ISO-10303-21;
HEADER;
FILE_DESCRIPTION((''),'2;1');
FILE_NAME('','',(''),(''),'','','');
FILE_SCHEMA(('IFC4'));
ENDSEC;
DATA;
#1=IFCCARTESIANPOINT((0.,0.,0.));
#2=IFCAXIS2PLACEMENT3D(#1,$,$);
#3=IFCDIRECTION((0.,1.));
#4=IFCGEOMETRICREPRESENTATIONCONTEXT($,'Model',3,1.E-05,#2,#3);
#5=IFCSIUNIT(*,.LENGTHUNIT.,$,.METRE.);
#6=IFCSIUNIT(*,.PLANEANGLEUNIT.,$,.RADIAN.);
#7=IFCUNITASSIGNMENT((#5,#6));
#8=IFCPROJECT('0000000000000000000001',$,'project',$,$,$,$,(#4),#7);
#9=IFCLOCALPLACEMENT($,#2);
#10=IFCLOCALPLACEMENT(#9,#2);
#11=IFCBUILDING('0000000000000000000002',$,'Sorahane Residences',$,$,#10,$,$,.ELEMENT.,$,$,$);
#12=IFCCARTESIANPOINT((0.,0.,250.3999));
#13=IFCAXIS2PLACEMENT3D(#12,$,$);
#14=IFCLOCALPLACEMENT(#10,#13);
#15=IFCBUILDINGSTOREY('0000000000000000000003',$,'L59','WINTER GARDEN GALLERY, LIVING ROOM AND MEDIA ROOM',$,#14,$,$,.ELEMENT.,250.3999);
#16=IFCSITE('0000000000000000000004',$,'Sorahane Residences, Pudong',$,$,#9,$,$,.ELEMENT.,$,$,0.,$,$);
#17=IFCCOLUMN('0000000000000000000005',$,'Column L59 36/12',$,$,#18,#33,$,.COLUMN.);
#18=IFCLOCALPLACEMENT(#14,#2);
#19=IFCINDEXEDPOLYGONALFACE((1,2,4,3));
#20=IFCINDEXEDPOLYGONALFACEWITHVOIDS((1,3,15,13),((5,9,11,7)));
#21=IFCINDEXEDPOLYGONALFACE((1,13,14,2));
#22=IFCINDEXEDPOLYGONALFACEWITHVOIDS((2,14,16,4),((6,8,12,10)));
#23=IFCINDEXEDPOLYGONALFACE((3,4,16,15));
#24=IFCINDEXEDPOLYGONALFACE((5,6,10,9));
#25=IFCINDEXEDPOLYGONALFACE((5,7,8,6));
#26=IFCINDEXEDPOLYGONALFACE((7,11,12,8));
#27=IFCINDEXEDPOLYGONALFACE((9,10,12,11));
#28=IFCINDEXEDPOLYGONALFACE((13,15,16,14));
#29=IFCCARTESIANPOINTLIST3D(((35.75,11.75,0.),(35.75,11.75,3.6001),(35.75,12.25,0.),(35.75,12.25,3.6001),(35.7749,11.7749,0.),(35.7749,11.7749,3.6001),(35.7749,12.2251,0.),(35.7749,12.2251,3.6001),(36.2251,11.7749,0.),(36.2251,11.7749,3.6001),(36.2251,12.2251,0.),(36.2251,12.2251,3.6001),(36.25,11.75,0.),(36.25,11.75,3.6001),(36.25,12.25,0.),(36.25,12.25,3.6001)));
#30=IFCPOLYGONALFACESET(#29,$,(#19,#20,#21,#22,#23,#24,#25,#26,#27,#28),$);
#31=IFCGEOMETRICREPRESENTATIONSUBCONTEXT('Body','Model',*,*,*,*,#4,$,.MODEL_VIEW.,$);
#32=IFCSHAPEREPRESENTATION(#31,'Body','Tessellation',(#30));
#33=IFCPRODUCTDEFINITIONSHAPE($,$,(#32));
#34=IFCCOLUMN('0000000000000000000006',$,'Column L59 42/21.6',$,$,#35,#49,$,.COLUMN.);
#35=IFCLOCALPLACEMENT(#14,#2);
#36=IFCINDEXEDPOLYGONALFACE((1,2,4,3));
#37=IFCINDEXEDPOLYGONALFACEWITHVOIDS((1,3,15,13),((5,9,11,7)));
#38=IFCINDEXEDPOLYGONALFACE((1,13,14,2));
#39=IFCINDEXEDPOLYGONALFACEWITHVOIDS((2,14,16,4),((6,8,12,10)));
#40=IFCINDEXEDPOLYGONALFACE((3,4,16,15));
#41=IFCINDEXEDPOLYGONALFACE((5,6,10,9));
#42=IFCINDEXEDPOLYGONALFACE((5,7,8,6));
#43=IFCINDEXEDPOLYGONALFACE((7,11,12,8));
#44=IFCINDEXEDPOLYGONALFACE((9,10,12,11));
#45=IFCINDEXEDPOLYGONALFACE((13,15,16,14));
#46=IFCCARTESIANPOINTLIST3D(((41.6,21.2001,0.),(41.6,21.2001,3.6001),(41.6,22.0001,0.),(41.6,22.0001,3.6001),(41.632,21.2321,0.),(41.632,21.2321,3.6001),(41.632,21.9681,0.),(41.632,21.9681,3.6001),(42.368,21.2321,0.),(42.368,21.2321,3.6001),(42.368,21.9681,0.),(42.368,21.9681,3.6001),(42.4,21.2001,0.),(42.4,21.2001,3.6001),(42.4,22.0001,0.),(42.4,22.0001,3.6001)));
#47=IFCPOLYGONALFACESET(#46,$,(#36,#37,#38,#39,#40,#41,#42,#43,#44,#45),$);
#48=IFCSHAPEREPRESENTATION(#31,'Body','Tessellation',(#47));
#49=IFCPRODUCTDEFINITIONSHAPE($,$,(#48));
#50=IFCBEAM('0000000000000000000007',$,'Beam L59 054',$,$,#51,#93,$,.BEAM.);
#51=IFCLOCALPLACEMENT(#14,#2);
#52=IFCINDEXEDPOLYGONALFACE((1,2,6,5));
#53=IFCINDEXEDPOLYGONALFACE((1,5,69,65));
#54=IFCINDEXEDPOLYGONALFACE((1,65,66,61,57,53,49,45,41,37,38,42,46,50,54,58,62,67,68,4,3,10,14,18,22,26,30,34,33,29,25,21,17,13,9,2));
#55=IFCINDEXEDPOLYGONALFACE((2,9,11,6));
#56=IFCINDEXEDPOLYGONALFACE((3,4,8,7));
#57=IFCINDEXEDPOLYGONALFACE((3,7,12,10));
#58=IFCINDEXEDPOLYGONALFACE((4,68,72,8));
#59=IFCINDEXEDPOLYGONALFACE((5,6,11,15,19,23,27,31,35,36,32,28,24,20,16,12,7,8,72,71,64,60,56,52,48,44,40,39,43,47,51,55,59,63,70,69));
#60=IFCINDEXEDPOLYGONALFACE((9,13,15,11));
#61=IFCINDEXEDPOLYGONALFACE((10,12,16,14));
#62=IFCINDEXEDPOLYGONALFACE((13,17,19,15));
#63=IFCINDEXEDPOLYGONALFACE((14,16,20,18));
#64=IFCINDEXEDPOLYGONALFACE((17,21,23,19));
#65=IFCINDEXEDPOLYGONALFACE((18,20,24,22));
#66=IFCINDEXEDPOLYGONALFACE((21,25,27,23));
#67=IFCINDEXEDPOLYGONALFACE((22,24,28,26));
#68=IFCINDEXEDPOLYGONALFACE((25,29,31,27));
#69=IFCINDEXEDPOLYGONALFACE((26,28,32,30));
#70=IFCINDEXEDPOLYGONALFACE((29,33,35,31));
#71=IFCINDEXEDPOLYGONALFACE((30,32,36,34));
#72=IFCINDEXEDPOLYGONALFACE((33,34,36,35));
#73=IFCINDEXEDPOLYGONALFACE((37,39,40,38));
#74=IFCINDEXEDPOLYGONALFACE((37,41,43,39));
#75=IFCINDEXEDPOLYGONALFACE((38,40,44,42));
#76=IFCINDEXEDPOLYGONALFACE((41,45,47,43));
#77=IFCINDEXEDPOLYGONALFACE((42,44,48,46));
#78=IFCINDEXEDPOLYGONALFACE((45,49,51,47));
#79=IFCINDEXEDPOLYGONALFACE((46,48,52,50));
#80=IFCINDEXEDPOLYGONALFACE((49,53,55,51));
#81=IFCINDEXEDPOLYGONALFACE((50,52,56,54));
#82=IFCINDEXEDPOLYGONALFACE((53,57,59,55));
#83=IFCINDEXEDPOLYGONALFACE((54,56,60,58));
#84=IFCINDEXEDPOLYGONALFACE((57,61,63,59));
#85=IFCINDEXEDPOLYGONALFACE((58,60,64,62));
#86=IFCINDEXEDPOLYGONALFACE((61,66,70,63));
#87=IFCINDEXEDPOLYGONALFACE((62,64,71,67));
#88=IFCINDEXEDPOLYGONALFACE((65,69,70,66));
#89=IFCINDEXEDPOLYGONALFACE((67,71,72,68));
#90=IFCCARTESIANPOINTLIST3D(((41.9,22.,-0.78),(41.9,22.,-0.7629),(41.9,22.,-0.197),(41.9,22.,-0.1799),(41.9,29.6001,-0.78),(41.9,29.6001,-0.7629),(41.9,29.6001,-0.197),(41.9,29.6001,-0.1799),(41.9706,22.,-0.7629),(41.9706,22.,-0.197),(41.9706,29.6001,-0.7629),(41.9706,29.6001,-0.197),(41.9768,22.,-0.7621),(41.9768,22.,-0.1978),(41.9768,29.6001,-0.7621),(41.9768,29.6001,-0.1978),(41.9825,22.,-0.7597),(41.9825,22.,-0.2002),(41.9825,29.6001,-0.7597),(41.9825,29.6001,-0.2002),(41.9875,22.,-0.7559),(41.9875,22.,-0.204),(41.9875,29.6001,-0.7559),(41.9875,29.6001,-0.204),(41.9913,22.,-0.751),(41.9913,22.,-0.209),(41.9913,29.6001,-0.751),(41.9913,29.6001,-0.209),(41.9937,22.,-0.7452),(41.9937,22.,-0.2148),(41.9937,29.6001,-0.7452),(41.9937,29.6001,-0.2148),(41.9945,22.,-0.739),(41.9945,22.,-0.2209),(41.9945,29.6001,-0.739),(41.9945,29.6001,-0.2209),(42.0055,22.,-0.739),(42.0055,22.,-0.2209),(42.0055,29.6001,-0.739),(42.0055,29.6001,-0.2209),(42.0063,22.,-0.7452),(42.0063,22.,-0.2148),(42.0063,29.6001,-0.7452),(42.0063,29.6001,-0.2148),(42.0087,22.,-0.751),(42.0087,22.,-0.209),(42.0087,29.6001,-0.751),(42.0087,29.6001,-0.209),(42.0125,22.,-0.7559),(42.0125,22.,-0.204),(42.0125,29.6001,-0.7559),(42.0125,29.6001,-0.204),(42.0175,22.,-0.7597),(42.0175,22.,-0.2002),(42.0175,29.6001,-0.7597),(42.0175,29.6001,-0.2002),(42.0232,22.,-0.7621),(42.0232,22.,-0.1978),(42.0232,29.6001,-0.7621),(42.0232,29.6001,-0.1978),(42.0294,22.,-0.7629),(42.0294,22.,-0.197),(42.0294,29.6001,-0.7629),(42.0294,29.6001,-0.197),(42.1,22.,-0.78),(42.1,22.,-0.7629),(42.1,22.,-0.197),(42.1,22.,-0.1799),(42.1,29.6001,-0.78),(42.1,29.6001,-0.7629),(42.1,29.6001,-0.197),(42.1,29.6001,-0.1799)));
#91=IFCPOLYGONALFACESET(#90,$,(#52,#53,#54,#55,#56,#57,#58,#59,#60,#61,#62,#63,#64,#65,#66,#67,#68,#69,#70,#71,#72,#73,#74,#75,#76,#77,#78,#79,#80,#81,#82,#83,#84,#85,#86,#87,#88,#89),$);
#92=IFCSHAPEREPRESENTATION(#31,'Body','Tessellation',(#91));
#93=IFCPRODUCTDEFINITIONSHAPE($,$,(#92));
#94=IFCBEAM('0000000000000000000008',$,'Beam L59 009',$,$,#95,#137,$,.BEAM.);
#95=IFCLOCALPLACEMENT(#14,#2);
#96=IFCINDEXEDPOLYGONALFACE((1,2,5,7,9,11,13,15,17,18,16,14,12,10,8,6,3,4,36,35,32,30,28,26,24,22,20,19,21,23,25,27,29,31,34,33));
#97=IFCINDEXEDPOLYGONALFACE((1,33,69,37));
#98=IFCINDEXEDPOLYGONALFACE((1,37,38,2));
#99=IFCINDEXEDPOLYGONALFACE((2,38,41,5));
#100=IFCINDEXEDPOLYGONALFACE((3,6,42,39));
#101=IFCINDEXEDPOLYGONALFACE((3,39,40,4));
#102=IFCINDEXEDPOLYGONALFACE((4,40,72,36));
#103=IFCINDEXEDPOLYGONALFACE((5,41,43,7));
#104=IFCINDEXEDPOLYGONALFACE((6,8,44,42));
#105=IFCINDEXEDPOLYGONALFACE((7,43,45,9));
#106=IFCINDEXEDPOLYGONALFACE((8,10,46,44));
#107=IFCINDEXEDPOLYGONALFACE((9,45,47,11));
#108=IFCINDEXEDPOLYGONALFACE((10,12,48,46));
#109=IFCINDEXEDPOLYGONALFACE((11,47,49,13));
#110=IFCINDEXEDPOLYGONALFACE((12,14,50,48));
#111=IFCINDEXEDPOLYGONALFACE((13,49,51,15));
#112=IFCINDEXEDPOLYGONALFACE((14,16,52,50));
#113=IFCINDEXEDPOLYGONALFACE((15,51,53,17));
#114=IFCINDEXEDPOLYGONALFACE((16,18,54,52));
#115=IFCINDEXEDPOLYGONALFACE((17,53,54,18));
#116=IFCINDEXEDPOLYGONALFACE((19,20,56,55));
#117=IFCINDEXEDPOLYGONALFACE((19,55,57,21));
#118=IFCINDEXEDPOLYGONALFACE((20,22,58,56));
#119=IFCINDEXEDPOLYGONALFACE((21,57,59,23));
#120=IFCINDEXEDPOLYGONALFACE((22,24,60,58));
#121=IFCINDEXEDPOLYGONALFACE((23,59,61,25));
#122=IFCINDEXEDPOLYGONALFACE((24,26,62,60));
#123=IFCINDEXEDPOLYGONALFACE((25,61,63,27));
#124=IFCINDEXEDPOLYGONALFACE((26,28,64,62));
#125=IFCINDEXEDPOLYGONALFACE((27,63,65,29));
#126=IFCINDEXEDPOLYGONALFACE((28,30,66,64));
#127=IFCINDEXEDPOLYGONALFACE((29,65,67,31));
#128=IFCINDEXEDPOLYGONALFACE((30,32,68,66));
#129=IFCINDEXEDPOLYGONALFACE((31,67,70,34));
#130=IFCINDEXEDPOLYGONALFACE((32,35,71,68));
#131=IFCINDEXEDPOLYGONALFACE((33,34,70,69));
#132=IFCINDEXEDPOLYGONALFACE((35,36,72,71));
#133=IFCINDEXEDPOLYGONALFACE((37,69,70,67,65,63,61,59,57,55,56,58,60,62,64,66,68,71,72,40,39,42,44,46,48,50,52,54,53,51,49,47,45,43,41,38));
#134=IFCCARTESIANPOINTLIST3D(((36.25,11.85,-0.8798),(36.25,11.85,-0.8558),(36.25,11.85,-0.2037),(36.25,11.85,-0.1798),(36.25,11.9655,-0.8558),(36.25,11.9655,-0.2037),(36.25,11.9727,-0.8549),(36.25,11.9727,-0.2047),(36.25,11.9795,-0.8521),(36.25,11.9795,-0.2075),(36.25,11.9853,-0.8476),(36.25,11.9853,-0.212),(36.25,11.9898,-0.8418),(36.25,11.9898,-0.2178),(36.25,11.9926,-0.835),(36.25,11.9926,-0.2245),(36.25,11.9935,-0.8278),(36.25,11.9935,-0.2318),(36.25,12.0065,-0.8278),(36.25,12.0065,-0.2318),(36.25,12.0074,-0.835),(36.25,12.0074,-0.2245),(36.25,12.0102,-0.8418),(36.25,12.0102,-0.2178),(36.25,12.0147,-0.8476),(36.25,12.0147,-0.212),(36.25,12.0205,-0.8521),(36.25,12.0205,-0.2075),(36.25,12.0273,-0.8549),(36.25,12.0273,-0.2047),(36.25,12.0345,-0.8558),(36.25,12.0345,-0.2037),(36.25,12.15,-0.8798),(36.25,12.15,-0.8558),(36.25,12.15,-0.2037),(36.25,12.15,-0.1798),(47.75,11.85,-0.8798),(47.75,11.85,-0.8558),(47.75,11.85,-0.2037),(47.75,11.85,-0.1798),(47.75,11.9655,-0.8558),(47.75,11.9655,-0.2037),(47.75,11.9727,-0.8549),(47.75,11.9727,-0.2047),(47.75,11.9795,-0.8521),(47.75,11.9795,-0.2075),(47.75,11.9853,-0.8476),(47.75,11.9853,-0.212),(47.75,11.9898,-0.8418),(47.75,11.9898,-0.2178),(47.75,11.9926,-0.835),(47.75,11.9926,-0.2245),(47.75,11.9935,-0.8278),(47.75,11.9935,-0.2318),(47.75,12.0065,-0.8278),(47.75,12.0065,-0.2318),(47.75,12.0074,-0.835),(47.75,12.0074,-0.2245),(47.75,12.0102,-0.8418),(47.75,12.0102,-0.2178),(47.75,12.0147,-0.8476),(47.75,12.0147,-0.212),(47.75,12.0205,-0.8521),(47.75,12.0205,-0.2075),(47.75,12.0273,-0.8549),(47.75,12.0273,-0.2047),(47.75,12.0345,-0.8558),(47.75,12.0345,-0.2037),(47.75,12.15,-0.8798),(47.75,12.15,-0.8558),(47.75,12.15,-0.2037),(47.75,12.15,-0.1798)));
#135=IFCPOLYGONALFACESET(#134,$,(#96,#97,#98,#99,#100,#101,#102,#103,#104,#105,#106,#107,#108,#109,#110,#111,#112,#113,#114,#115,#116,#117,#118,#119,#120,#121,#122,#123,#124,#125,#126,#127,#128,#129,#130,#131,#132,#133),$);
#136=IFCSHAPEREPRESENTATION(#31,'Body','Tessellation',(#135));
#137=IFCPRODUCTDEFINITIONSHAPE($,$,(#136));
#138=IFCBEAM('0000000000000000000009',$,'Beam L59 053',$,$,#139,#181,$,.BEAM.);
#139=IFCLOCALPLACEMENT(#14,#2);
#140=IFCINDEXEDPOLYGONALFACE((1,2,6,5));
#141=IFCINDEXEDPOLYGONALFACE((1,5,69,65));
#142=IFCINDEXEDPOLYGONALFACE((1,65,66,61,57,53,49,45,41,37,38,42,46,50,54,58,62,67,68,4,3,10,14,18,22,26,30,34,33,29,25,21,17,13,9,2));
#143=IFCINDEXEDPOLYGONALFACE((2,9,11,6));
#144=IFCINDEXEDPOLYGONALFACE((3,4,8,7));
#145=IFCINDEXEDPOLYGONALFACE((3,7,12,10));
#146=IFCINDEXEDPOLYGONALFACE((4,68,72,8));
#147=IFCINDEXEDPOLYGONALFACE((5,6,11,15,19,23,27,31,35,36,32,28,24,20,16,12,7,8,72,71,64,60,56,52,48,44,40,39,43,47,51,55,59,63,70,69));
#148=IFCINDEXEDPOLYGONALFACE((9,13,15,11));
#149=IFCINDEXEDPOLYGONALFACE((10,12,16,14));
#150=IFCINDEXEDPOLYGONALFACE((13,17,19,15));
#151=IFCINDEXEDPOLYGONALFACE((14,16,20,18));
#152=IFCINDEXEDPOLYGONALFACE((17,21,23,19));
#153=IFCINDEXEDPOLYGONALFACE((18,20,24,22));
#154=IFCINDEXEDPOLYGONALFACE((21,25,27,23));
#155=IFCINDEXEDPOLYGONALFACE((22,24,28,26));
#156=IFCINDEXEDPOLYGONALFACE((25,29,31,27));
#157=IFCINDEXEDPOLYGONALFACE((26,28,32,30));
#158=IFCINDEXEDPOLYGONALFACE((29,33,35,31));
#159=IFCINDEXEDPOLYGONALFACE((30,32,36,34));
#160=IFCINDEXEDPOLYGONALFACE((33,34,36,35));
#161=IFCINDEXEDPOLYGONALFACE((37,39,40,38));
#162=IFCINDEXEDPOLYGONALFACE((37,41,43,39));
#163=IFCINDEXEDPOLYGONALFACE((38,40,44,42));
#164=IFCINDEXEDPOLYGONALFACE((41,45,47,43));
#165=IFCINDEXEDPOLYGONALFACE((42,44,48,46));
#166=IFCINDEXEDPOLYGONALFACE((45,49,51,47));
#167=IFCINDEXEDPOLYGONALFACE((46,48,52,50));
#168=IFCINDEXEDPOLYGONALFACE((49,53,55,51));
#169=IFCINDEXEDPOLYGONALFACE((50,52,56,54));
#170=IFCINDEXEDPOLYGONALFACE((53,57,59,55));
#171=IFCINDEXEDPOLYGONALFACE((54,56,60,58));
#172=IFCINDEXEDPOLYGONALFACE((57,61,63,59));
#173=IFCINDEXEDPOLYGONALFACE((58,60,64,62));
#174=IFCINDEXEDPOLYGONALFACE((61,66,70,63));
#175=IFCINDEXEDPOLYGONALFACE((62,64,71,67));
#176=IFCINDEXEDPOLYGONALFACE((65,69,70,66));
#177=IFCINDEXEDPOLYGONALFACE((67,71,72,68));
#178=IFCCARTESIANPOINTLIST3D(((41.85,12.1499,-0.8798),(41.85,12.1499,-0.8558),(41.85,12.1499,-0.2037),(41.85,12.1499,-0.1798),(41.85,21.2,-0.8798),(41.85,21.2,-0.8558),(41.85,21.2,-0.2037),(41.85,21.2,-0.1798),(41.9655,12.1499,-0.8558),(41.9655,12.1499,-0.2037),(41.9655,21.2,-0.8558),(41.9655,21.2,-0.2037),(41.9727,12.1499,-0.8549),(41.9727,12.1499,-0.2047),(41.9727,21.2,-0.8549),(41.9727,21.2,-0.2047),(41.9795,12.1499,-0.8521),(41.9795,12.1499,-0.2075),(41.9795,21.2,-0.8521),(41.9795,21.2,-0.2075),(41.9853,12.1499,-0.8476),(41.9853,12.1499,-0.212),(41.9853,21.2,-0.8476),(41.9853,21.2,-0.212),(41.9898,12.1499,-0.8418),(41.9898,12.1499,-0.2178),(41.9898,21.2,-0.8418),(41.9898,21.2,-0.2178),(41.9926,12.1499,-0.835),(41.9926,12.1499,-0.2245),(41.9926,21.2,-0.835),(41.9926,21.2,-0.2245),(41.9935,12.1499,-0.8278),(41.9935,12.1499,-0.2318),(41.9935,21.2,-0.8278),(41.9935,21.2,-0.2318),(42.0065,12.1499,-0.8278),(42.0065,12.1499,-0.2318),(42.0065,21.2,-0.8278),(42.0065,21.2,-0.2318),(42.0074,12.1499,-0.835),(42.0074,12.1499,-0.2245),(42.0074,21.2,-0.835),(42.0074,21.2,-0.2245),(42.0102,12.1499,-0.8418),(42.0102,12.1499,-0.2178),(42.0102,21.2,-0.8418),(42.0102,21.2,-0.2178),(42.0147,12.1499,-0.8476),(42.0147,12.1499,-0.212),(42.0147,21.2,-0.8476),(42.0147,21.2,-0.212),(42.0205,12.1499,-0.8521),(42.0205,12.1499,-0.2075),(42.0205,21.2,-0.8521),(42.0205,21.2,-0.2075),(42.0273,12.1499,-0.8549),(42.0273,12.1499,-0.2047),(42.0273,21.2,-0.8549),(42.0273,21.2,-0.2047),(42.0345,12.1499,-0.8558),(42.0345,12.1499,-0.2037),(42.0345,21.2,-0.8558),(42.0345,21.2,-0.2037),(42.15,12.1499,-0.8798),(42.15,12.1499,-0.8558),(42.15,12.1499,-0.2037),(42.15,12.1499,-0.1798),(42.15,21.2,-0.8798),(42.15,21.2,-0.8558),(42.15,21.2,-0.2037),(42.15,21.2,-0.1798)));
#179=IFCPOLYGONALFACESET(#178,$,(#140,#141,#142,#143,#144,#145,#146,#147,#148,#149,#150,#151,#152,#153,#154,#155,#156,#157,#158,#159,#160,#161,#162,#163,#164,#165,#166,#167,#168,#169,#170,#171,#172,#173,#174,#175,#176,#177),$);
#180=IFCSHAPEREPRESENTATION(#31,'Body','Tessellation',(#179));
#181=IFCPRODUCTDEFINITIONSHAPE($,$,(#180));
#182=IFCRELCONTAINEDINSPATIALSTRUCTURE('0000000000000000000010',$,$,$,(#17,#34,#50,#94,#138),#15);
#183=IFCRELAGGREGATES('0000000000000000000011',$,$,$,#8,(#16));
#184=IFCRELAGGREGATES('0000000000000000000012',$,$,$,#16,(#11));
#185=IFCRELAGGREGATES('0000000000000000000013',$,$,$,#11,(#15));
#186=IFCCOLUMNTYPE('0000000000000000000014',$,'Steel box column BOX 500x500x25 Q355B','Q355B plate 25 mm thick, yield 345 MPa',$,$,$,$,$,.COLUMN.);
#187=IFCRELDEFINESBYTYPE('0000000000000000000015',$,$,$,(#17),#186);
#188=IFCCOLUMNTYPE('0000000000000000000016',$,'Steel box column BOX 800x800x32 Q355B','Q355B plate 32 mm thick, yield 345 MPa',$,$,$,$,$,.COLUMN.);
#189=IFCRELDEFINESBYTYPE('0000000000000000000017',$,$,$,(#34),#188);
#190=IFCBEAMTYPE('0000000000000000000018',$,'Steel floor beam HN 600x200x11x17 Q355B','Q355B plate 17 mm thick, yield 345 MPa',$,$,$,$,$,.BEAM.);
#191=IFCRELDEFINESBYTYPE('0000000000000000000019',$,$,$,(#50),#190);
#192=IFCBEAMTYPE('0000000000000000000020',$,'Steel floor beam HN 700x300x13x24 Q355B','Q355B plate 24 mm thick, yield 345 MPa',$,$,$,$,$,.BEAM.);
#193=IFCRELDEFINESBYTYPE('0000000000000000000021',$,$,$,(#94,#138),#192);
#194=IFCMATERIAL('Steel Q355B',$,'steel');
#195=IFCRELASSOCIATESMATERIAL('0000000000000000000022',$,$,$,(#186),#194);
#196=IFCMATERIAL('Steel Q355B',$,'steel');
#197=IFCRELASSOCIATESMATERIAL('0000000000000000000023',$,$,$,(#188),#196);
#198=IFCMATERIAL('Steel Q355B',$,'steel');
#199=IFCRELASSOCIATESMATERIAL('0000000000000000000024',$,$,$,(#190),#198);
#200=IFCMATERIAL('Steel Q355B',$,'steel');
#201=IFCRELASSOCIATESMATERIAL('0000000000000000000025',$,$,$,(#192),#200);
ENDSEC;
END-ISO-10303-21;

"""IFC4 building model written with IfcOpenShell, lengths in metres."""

from ifc_helpers import new_model, si_unit, direction, frame, origin, origin_2d, place, context, subcontext, project, spatial, hollow_rectangle, i_section, extrude, material, material_profile, profile_set, type_object, element, save


model = new_model("IFC4")

# Units and contexts
model_context = context("Model", 3, precision=1e-05, world=origin(), true_north=direction((0.0, 1.0)))
body_context = subcontext(model_context, "Body", "Model", "MODEL_VIEW")
ifc_project = project(units=[si_unit("LENGTHUNIT", "METRE"), si_unit("PLANEANGLEUNIT", "RADIAN")], contexts=[model_context])

# Site, building, storey
site_placement = place(None, origin())
site = spatial("IfcSite", under=ifc_project, at=site_placement, Name="Sorahane Residences, Pudong", CompositionType="ELEMENT", RefElevation=0.0)
building_placement = place(site_placement, origin())
building = spatial("IfcBuilding", under=site, at=building_placement, Name="Sorahane Residences", CompositionType="ELEMENT")
storey_placement = place(building_placement, frame((0.0, 0.0, 250.3999)))
storey = spatial("IfcBuildingStorey", under=building, at=storey_placement, Name="L59", Description="WINTER GARDEN GALLERY, LIVING ROOM AND MEDIA ROOM", CompositionType="ELEMENT", Elevation=250.3999)

# Columns
ifc_material_1 = material(Name="Steel Q355B", Category="steel")
ifc_material_profile_1 = material_profile(ifc_material_1, hollow_rectangle(XDim=0.5, YDim=0.5, WallThickness=0.0249, at=origin_2d()), Name="BOX 500x500x25")
ifc_profile_set_1 = profile_set([ifc_material_profile_1], Name="Steel Q355B")
column_type_1 = type_object("IfcColumnType", Name="Steel box column BOX 500x500x25 Q355B", Description="Q355B plate 25 mm thick, yield 345 MPa", PredefinedType="COLUMN", material=ifc_profile_set_1)
column_1_placement = place(storey_placement, frame((36.0, 12.0, 0.0), z_axis=(0.0, 0.0, 1.0), x_axis=(1.0, 0.0, 0.0)))
element("IfcColumn", 1, at=column_1_placement, inside=storey, type_object=column_type_1, Name="Column L59 36/12", PredefinedType="COLUMN", context=body_context, shape_type="SweptSolid", body=[
    extrude(hollow_rectangle(XDim=0.5, YDim=0.5, WallThickness=0.0249, at=origin_2d()), origin(), (0.0, 0.0, 1.0), 3.6001),
])
ifc_material_2 = material(Name="Steel Q355B", Category="steel")
ifc_material_profile_2 = material_profile(ifc_material_2, hollow_rectangle(XDim=0.8, YDim=0.8, WallThickness=0.032, at=origin_2d()), Name="BOX 800x800x32")
ifc_profile_set_2 = profile_set([ifc_material_profile_2], Name="Steel Q355B")
column_type_2 = type_object("IfcColumnType", Name="Steel box column BOX 800x800x32 Q355B", Description="Q355B plate 32 mm thick, yield 345 MPa", PredefinedType="COLUMN", material=ifc_profile_set_2)
column_2_placement = place(storey_placement, frame((42.0, 21.6001, 0.0), z_axis=(0.0, 0.0, 1.0), x_axis=(1.0, 0.0, 0.0)))
element("IfcColumn", 2, at=column_2_placement, inside=storey, type_object=column_type_2, Name="Column L59 42/21.6", PredefinedType="COLUMN", context=body_context, shape_type="SweptSolid", body=[
    extrude(hollow_rectangle(XDim=0.8, YDim=0.8, WallThickness=0.032, at=origin_2d()), origin(), (0.0, 0.0, 1.0), 3.6001),
])

# Beams
ifc_material_3 = material(Name="Steel Q355B", Category="steel")
ifc_material_profile_3 = material_profile(ifc_material_3, i_section(OverallWidth=0.2, OverallDepth=0.6001, WebThickness=0.011, FlangeThickness=0.0171, FilletRadius=0.0239, at=origin_2d()), Name="HN 600x200x11x17")
ifc_profile_set_3 = profile_set([ifc_material_profile_3], Name="Steel Q355B")
beam_type_1 = type_object("IfcBeamType", Name="Steel floor beam HN 600x200x11x17 Q355B", Description="Q355B plate 17 mm thick, yield 345 MPa", PredefinedType="BEAM", material=ifc_profile_set_3)
beam_1_placement = place(storey_placement, frame((42.0, 22.0, -0.48), z_axis=(0.0, 1.0, 0.0), x_axis=(-1.0, 0.0, 0.0)))
element("IfcBeam", 3, at=beam_1_placement, inside=storey, type_object=beam_type_1, Name="Beam L59 054", PredefinedType="BEAM", context=body_context, shape_type="SweptSolid", body=[
    extrude(i_section(OverallWidth=0.2, OverallDepth=0.6001, WebThickness=0.011, FlangeThickness=0.0171, FilletRadius=0.0239, at=origin_2d()), origin(), (0.0, 0.0, 1.0), 7.6001),
])
ifc_material_4 = material(Name="Steel Q355B", Category="steel")
ifc_material_profile_4 = material_profile(ifc_material_4, i_section(OverallWidth=0.3, OverallDepth=0.7, WebThickness=0.0129, FlangeThickness=0.0239, FilletRadius=0.0281, at=origin_2d()), Name="HN 700x300x13x24")
ifc_profile_set_4 = profile_set([ifc_material_profile_4], Name="Steel Q355B")
beam_type_2 = type_object("IfcBeamType", Name="Steel floor beam HN 700x300x13x24 Q355B", Description="Q355B plate 24 mm thick, yield 345 MPa", PredefinedType="BEAM", material=ifc_profile_set_4)
beam_2_placement = place(storey_placement, frame((36.25, 12.0, -0.5298), z_axis=(1.0, 0.0, 0.0), x_axis=(0.0, 1.0, 0.0)))
element("IfcBeam", 4, at=beam_2_placement, inside=storey, type_object=beam_type_2, Name="Beam L59 009", PredefinedType="BEAM", context=body_context, shape_type="SweptSolid", body=[
    extrude(i_section(OverallWidth=0.3, OverallDepth=0.7, WebThickness=0.0129, FlangeThickness=0.0239, FilletRadius=0.0281, at=origin_2d()), origin(), (0.0, 0.0, 1.0), 11.5),
])
beam_3_placement = place(storey_placement, frame((42.0, 12.1499, -0.5298), z_axis=(0.0, 1.0, 0.0), x_axis=(-1.0, 0.0, 0.0)))
element("IfcBeam", 5, at=beam_3_placement, inside=storey, type_object=beam_type_2, Name="Beam L59 053", PredefinedType="BEAM", context=body_context, shape_type="SweptSolid", body=[
    extrude(i_section(OverallWidth=0.3, OverallDepth=0.7, WebThickness=0.0129, FlangeThickness=0.0239, FilletRadius=0.0281, at=origin_2d()), origin(), (0.0, 0.0, 1.0), 9.05),
])

save(model, "model.ifc")
